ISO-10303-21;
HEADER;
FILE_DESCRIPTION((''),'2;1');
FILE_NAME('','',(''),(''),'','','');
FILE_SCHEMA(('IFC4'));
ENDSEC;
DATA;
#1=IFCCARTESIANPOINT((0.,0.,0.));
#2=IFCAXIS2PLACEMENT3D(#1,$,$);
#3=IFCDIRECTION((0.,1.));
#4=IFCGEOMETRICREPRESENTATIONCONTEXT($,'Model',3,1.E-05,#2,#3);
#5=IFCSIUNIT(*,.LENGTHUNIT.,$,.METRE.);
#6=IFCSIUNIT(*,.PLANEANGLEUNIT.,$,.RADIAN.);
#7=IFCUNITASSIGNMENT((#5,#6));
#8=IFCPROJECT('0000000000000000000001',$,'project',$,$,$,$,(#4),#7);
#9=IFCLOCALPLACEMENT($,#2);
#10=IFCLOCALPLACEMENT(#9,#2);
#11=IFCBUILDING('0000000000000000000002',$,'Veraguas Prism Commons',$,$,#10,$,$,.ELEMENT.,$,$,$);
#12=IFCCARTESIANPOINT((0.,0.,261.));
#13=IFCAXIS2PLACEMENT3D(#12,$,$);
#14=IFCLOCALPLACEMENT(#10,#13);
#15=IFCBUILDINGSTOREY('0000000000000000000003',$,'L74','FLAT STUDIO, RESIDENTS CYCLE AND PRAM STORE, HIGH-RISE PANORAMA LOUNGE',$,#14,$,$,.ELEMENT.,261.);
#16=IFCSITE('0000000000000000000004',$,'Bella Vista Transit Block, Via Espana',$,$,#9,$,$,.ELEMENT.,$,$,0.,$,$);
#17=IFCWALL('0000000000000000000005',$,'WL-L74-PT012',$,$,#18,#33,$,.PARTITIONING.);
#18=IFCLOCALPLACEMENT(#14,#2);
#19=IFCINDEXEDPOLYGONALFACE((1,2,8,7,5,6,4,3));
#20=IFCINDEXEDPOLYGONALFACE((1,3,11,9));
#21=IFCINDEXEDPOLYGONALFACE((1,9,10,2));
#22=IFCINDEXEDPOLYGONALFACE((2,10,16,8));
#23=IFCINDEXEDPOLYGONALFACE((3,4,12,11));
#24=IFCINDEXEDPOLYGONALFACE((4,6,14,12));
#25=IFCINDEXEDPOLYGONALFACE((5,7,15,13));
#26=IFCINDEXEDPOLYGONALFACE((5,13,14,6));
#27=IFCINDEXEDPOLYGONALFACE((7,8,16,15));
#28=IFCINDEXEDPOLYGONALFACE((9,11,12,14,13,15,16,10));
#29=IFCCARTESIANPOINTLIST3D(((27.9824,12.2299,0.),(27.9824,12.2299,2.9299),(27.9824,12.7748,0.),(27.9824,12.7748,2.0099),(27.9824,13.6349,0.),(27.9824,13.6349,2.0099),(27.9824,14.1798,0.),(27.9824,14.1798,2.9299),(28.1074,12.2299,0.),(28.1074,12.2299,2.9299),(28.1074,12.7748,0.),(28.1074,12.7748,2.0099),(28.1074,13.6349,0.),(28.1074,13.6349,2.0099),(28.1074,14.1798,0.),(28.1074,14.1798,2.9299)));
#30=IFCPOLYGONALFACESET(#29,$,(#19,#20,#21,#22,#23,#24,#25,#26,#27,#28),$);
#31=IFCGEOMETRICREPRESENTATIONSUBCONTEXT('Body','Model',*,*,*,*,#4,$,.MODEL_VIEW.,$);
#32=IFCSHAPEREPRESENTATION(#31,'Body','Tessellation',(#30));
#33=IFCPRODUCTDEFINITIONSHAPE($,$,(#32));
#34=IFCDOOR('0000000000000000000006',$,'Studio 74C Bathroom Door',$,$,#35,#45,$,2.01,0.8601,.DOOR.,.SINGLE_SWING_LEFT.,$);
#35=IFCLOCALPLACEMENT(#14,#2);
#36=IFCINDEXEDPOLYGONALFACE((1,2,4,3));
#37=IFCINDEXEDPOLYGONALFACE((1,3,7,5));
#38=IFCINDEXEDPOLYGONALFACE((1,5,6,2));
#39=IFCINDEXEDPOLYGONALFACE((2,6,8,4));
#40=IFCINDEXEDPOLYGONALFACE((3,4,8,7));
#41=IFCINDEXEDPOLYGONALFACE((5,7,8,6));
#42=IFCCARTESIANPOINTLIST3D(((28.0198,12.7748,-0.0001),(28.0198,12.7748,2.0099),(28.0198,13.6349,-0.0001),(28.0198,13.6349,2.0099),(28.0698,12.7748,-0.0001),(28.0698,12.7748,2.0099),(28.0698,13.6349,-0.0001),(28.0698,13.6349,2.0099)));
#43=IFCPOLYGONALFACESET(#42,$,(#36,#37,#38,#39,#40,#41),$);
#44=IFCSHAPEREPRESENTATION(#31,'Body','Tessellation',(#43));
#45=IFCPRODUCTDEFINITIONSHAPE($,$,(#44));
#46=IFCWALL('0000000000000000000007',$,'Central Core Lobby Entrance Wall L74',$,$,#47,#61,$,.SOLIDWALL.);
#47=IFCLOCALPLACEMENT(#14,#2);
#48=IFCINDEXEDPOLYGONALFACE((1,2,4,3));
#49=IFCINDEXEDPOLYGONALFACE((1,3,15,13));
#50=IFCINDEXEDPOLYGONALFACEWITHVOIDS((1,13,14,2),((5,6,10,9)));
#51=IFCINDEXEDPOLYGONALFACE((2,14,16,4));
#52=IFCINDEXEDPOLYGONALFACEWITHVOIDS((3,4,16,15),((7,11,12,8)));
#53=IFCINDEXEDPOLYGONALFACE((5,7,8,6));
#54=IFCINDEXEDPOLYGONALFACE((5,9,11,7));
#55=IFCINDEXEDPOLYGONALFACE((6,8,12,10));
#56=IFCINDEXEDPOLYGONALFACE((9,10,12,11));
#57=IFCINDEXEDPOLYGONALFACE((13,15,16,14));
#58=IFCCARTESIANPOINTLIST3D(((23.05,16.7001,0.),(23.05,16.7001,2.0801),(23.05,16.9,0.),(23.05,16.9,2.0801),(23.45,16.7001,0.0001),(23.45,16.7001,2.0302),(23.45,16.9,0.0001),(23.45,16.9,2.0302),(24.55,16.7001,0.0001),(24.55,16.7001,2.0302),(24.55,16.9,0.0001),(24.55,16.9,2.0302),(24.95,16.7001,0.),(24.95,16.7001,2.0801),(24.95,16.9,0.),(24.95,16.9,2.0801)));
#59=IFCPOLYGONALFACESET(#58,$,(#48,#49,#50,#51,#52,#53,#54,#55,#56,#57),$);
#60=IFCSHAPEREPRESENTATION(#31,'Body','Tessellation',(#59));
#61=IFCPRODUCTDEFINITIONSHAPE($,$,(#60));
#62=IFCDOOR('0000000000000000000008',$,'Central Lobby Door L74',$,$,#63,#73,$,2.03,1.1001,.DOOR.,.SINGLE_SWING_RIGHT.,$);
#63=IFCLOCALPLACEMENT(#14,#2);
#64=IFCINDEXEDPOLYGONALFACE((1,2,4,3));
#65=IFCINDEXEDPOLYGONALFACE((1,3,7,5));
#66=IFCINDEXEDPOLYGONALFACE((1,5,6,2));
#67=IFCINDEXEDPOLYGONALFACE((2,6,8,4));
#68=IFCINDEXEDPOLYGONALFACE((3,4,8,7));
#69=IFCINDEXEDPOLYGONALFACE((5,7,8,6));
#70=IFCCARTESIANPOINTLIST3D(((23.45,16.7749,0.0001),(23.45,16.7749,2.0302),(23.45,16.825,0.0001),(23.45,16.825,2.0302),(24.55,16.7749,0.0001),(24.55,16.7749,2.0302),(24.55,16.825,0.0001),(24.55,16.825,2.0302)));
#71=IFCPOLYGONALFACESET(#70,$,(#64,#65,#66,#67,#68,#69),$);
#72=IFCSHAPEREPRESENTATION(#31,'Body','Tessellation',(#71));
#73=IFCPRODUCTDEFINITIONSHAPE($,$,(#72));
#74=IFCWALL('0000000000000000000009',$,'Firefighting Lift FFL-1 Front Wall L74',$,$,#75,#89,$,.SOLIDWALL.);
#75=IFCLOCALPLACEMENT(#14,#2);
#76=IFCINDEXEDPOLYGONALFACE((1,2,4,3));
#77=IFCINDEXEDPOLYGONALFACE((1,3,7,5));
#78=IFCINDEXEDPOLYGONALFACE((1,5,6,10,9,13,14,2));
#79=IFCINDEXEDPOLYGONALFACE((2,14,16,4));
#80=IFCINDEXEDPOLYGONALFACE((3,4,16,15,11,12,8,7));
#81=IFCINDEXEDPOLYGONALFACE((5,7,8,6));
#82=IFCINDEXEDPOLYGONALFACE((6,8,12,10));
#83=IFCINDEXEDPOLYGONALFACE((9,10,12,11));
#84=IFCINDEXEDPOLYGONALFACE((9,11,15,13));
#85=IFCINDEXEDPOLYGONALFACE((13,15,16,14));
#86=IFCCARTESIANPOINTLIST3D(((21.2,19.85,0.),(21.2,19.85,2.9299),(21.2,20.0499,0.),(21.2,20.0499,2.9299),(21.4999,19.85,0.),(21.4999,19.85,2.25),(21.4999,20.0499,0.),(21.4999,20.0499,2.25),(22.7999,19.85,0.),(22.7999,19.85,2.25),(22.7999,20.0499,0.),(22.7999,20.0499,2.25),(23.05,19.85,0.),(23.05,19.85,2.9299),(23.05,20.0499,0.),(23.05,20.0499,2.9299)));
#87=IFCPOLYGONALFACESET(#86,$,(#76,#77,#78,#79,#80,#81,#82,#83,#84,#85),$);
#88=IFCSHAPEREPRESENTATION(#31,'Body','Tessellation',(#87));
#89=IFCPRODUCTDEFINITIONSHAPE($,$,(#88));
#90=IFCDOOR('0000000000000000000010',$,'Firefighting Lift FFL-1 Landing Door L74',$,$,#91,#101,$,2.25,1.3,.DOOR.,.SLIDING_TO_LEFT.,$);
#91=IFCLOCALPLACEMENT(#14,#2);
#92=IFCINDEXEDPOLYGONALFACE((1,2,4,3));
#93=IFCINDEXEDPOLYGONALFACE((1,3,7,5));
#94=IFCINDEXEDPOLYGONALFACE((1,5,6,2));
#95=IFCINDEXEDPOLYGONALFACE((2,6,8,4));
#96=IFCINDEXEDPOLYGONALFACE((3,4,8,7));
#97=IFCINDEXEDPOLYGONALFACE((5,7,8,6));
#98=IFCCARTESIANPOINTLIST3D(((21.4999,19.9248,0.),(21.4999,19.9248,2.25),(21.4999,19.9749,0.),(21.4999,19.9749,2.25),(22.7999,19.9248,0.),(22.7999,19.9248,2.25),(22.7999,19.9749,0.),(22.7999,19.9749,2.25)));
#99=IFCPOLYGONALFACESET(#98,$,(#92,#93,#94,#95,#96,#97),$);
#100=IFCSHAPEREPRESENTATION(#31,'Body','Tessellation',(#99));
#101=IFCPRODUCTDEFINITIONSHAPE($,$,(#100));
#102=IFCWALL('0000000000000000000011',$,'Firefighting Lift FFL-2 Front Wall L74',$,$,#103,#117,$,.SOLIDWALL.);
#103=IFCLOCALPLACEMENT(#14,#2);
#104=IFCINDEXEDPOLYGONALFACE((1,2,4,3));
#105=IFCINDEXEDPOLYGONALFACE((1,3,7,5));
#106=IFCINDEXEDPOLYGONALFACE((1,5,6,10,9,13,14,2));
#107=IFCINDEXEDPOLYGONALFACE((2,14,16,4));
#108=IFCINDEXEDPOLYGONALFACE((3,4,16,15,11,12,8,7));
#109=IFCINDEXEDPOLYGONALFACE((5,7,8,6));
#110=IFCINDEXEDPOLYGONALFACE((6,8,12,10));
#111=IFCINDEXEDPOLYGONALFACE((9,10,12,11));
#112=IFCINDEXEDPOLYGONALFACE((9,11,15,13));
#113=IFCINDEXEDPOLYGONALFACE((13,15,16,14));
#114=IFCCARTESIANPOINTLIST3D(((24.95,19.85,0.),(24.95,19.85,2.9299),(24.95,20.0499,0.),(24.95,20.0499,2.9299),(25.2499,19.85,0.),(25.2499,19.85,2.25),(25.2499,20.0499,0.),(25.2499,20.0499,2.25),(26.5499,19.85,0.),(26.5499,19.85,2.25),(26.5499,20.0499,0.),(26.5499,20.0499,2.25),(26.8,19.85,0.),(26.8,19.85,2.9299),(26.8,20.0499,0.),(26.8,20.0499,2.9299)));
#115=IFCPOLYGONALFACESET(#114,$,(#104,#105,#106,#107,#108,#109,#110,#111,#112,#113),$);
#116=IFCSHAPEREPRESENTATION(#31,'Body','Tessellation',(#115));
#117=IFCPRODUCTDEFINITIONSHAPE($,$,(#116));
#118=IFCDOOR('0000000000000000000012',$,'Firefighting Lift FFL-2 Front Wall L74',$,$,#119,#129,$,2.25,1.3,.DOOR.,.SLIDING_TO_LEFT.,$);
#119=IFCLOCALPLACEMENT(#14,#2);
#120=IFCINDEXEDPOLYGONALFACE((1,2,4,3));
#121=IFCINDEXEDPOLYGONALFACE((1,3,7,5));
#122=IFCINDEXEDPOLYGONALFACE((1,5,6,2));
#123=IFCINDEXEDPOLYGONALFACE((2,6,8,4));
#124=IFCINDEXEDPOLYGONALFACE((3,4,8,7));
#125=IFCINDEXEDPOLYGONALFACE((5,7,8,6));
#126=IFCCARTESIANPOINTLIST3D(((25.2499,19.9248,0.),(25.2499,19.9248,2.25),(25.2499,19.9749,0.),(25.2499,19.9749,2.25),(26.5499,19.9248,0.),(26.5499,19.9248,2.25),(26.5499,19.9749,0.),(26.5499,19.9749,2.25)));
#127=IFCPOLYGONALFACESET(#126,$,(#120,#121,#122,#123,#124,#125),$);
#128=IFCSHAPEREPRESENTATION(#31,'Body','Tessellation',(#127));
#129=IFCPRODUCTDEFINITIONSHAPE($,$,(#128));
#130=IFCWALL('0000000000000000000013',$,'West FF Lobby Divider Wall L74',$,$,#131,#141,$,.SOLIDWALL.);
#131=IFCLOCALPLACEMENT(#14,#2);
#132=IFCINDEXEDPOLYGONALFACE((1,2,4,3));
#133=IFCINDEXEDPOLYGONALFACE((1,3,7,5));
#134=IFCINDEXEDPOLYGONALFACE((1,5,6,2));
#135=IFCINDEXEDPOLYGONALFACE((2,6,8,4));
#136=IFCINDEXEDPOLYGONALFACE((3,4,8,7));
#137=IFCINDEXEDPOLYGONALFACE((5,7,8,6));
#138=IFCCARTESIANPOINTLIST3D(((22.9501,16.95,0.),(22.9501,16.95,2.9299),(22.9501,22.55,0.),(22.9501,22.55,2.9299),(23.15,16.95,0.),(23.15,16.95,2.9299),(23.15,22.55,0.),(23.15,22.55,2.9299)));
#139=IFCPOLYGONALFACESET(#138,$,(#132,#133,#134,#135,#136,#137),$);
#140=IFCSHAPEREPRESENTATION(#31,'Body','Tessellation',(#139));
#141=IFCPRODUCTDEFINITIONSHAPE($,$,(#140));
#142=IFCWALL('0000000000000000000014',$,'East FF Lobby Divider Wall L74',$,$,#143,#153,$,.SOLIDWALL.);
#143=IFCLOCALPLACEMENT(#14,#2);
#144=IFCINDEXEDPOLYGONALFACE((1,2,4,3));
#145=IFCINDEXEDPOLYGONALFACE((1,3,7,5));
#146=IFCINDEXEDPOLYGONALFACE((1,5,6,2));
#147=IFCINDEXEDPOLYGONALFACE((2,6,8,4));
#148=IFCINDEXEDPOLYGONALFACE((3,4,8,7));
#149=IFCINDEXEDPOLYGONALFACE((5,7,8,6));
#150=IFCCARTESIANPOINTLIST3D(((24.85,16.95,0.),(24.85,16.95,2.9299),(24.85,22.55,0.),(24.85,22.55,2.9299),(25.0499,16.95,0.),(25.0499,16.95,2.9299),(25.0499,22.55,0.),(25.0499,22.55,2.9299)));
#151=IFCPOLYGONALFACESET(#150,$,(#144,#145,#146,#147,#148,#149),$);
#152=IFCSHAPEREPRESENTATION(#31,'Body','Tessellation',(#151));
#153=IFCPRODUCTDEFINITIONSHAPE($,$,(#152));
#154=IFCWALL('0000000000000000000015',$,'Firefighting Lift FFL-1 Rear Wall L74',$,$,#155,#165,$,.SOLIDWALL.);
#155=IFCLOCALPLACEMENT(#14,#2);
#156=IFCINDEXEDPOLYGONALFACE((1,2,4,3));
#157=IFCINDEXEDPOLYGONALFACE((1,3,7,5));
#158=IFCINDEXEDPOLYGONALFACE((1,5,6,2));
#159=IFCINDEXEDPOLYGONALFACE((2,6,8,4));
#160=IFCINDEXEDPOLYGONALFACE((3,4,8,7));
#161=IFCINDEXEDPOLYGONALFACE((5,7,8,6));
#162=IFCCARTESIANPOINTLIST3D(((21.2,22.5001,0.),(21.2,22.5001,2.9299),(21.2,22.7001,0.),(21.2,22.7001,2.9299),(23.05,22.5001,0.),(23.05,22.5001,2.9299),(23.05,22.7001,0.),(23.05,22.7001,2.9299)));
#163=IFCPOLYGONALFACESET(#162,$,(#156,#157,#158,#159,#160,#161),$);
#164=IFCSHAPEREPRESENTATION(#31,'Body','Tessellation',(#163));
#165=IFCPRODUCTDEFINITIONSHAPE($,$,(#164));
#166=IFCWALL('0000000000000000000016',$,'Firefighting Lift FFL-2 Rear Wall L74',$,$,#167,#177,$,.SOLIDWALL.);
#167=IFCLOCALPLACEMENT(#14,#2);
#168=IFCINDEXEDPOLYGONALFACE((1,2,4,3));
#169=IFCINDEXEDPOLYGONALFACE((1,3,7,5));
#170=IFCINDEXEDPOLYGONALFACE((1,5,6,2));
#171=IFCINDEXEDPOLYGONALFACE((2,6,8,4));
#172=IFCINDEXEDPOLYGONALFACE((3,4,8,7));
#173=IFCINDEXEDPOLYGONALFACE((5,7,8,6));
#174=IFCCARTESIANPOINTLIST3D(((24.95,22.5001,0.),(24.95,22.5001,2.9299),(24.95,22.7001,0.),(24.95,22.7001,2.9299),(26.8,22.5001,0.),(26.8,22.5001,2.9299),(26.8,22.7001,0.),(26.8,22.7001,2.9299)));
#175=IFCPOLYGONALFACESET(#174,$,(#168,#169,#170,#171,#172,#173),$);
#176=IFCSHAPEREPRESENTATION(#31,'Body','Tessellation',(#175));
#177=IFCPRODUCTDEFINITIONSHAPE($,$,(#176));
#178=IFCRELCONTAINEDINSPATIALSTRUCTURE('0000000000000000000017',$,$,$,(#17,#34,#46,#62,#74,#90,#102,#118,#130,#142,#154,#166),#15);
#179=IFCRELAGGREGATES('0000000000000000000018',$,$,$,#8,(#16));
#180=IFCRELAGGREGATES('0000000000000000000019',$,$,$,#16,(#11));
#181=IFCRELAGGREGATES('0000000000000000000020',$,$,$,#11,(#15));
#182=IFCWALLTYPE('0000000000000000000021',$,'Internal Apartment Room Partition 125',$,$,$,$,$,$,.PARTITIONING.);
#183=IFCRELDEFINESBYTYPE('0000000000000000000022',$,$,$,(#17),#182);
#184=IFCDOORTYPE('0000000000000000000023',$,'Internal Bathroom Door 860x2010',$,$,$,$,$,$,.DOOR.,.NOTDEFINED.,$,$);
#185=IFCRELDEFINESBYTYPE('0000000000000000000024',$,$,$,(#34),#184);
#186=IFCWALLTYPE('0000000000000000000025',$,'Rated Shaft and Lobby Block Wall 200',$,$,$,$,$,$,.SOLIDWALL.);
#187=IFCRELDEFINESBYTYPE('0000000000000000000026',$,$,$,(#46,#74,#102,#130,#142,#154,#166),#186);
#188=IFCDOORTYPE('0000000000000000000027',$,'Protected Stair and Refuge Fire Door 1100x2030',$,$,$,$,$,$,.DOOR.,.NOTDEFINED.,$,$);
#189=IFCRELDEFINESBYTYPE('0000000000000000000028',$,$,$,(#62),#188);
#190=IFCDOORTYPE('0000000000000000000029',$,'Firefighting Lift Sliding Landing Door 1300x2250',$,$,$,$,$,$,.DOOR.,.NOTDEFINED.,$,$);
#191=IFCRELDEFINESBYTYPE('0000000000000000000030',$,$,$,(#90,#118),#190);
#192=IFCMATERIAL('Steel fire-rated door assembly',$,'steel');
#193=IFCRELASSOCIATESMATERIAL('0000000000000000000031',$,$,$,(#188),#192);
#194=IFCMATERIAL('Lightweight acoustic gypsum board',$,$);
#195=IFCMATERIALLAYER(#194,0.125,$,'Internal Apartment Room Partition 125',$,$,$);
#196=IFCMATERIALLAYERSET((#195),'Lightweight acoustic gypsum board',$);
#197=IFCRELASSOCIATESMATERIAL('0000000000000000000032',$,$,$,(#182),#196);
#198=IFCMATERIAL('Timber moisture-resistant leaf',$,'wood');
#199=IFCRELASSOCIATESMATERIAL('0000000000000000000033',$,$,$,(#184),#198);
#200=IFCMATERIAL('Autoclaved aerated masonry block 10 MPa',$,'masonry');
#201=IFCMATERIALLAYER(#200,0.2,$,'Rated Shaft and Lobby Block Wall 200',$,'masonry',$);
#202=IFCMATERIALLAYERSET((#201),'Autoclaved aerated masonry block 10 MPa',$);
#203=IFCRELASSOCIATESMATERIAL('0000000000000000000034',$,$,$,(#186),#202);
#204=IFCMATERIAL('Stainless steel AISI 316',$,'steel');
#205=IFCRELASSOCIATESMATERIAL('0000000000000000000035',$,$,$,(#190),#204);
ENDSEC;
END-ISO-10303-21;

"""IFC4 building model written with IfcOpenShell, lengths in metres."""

from ifc_helpers import new_model, si_unit, direction, frame, frame_2d, origin, place, context, subcontext, project, spatial, rectangle, extrude, source, transform, mapped, material, layer, layer_set, type_object, element, fill, save


model = new_model("IFC4")

# Units and contexts
model_context = context("Model", 3, precision=1e-05, world=origin(), true_north=direction((0.0, 1.0)))
body_context = subcontext(model_context, "Body", "Model", "MODEL_VIEW")
ifc_project = project(units=[si_unit("LENGTHUNIT", "METRE"), si_unit("PLANEANGLEUNIT", "RADIAN")], contexts=[model_context])

# Site, building, storey
site_placement = place(None, origin())
site = spatial("IfcSite", under=ifc_project, at=site_placement, Name="Bella Vista Transit Block, Via Espana", CompositionType="ELEMENT", RefElevation=0.0)
building_placement = place(site_placement, origin())
building = spatial("IfcBuilding", under=site, at=building_placement, Name="Veraguas Prism Commons", CompositionType="ELEMENT")
storey_placement = place(building_placement, frame((0.0, 0.0, 261.0)))
storey = spatial("IfcBuildingStorey", under=building, at=storey_placement, Name="L74", Description="FLAT STUDIO, RESIDENTS CYCLE AND PRAM STORE, HIGH-RISE PANORAMA LOUNGE", CompositionType="ELEMENT", Elevation=261.0)

# Shared definitions
ifc_material_1 = material(Name="Steel fire-rated door assembly", Category="steel")
door_type_1 = type_object("IfcDoorType", Name="Protected Stair and Refuge Fire Door 1100x2030", OperationType="NOTDEFINED", PredefinedType="DOOR", material=ifc_material_1)
shared_shape_1 = source(origin(), body_context, "Body", "SweptSolid", [
    extrude(rectangle(XDim=1.1001, YDim=2.03, at=frame_2d((0.55, 1.0151))), frame((0.0, 0.0249, 0.0), z_axis=(0.0, -1.0, 0.0), x_axis=(1.0, 0.0, 0.0)), (0.0, 0.0, 1.0), 0.05),
])

# Shared definitions
ifc_material_2 = material(Name="Autoclaved aerated masonry block 10 MPa", Category="masonry")

# Walls, openings, doors
ifc_material_3 = material(Name="Lightweight acoustic gypsum board")
ifc_layer_1 = layer(ifc_material_3, 0.125, Name="Internal Apartment Room Partition 125")
ifc_layer_set_1 = layer_set([ifc_layer_1], Name="Lightweight acoustic gypsum board")
wall_type_1 = type_object("IfcWallType", Name="Internal Apartment Room Partition 125", PredefinedType="PARTITIONING", material=ifc_layer_set_1)
wall_1_placement = place(storey_placement, frame((28.0449, 14.1799, 0.0), z_axis=(0.0, 0.0, 1.0), x_axis=(0.0, -1.0, 0.0)))
wall_1 = element("IfcWall", 1, at=wall_1_placement, inside=storey, type_object=wall_type_1, Name="WL-L74-PT012", PredefinedType="PARTITIONING", context=body_context, shape_type="SweptSolid", body=[
    extrude(rectangle(XDim=1.95, YDim=0.125, at=frame_2d((0.9751, 0.0))), origin(), (0.0, 0.0, 1.0), 2.9299),
])
opening_1_placement = place(wall_1_placement, frame((0.5449, 0.0, 0.0)))
opening_1 = element("IfcOpeningElement", 2, at=opening_1_placement, cuts=wall_1, PredefinedType="OPENING", context=body_context, shape_type="SweptSolid", body=[
    extrude(rectangle(XDim=0.8601, YDim=2.01, at=frame_2d((0.4302, 1.0049))), frame((0.0, 0.0725, 0.0), z_axis=(0.0, -1.0, 0.0), x_axis=(1.0, 0.0, 0.0)), (0.0, 0.0, 1.0), 0.145),
])
ifc_material_4 = material(Name="Timber moisture-resistant leaf", Category="wood")
door_type_2 = type_object("IfcDoorType", Name="Internal Bathroom Door 860x2010", OperationType="NOTDEFINED", PredefinedType="DOOR", material=ifc_material_4)
shared_shape_2 = source(origin(), body_context, "Body", "SweptSolid", [
    extrude(rectangle(XDim=0.8601, YDim=2.01, at=frame_2d((0.4302, 1.0049))), frame((0.0, 0.0249, 0.0), z_axis=(0.0, -1.0, 0.0), x_axis=(1.0, 0.0, 0.0)), (0.0, 0.0, 1.0), 0.05),
])
door_1_placement = place(opening_1_placement, origin())
door_1 = element("IfcDoor", 3, at=door_1_placement, inside=storey, type_object=door_type_2, Name="Studio 74C Bathroom Door", OperationType="SINGLE_SWING_LEFT", OverallHeight=2.01, OverallWidth=0.8601, PredefinedType="DOOR", context=body_context, shape_type="MappedRepresentation", body=[
    mapped(shared_shape_2, transform((0.0, 0.0, 0.0), scale=1.0)),
])
fill(opening_1, door_1)
ifc_layer_2 = layer(ifc_material_2, 0.2, Name="Rated Shaft and Lobby Block Wall 200", Category="masonry")
ifc_layer_set_2 = layer_set([ifc_layer_2], Name="Autoclaved aerated masonry block 10 MPa")
wall_type_2 = type_object("IfcWallType", Name="Rated Shaft and Lobby Block Wall 200", PredefinedType="SOLIDWALL", material=ifc_layer_set_2)
wall_2_placement = place(storey_placement, frame((23.05, 16.8, 0.0), z_axis=(0.0, 0.0, 1.0), x_axis=(1.0, 0.0, 0.0)))
wall_2 = element("IfcWall", 4, at=wall_2_placement, inside=storey, type_object=wall_type_2, Name="Central Core Lobby Entrance Wall L74", PredefinedType="SOLIDWALL", context=body_context, shape_type="SweptSolid", body=[
    extrude(rectangle(XDim=1.8999, YDim=0.2, at=frame_2d((0.95, 0.0))), origin(), (0.0, 0.0, 1.0), 2.0801),
])
opening_2_placement = place(wall_2_placement, frame((0.3999, 0.0, 0.0)))
opening_2 = element("IfcOpeningElement", 5, at=opening_2_placement, cuts=wall_2, PredefinedType="OPENING", context=body_context, shape_type="SweptSolid", body=[
    extrude(rectangle(XDim=1.1001, YDim=2.03, at=frame_2d((0.55, 1.0151))), frame((0.0, 0.1099, 0.0), z_axis=(0.0, -1.0, 0.0), x_axis=(1.0, 0.0, 0.0)), (0.0, 0.0, 1.0), 0.22),
])
door_2_placement = place(opening_2_placement, origin())
door_2 = element("IfcDoor", 6, at=door_2_placement, inside=storey, type_object=door_type_1, Name="Central Lobby Door L74", OperationType="SINGLE_SWING_RIGHT", OverallHeight=2.03, OverallWidth=1.1001, PredefinedType="DOOR", context=body_context, shape_type="MappedRepresentation", body=[
    mapped(shared_shape_1, transform((0.0, 0.0, 0.0), scale=1.0)),
])
fill(opening_2, door_2)
wall_3_placement = place(storey_placement, frame((21.2, 19.95, 0.0), z_axis=(0.0, 0.0, 1.0), x_axis=(1.0, 0.0, 0.0)))
wall_3 = element("IfcWall", 7, at=wall_3_placement, inside=storey, type_object=wall_type_2, Name="Firefighting Lift FFL-1 Front Wall L74", PredefinedType="SOLIDWALL", context=body_context, shape_type="SweptSolid", body=[
    extrude(rectangle(XDim=1.8501, YDim=0.2, at=frame_2d((0.925, 0.0))), origin(), (0.0, 0.0, 1.0), 2.9299),
])
opening_3_placement = place(wall_3_placement, frame((0.3, 0.0, 0.0)))
opening_3 = element("IfcOpeningElement", 8, at=opening_3_placement, cuts=wall_3, PredefinedType="OPENING", context=body_context, shape_type="SweptSolid", body=[
    extrude(rectangle(XDim=1.3, YDim=2.25, at=frame_2d((0.6499, 1.125))), frame((0.0, 0.1099, 0.0), z_axis=(0.0, -1.0, 0.0), x_axis=(1.0, 0.0, 0.0)), (0.0, 0.0, 1.0), 0.22),
])
ifc_material_5 = material(Name="Stainless steel AISI 316", Category="steel")
door_type_3 = type_object("IfcDoorType", Name="Firefighting Lift Sliding Landing Door 1300x2250", OperationType="NOTDEFINED", PredefinedType="DOOR", material=ifc_material_5)
shared_shape_3 = source(origin(), body_context, "Body", "SweptSolid", [
    extrude(rectangle(XDim=1.3, YDim=2.25, at=frame_2d((0.6499, 1.125))), frame((0.0, 0.0249, 0.0), z_axis=(0.0, -1.0, 0.0), x_axis=(1.0, 0.0, 0.0)), (0.0, 0.0, 1.0), 0.05),
])
door_3_placement = place(opening_3_placement, origin())
door_3 = element("IfcDoor", 9, at=door_3_placement, inside=storey, type_object=door_type_3, Name="Firefighting Lift FFL-1 Landing Door L74", OperationType="SLIDING_TO_LEFT", OverallHeight=2.25, OverallWidth=1.3, PredefinedType="DOOR", context=body_context, shape_type="MappedRepresentation", body=[
    mapped(shared_shape_3, transform((0.0, 0.0, 0.0), scale=1.0)),
])
fill(opening_3, door_3)
wall_4_placement = place(storey_placement, frame((24.95, 19.95, 0.0), z_axis=(0.0, 0.0, 1.0), x_axis=(1.0, 0.0, 0.0)))
wall_4 = element("IfcWall", 10, at=wall_4_placement, inside=storey, type_object=wall_type_2, Name="Firefighting Lift FFL-2 Front Wall L74", PredefinedType="SOLIDWALL", context=body_context, shape_type="SweptSolid", body=[
    extrude(rectangle(XDim=1.8501, YDim=0.2, at=frame_2d((0.925, 0.0))), origin(), (0.0, 0.0, 1.0), 2.9299),
])
opening_4_placement = place(wall_4_placement, frame((0.3, 0.0, 0.0)))
opening_4 = element("IfcOpeningElement", 11, at=opening_4_placement, cuts=wall_4, PredefinedType="OPENING", context=body_context, shape_type="SweptSolid", body=[
    extrude(rectangle(XDim=1.3, YDim=2.25, at=frame_2d((0.6499, 1.125))), frame((0.0, 0.1099, 0.0), z_axis=(0.0, -1.0, 0.0), x_axis=(1.0, 0.0, 0.0)), (0.0, 0.0, 1.0), 0.22),
])
door_4_placement = place(opening_4_placement, origin())
door_4 = element("IfcDoor", 12, at=door_4_placement, inside=storey, type_object=door_type_3, Name="Firefighting Lift FFL-2 Front Wall L74", OperationType="SLIDING_TO_LEFT", OverallHeight=2.25, OverallWidth=1.3, PredefinedType="DOOR", context=body_context, shape_type="MappedRepresentation", body=[
    mapped(shared_shape_3, transform((0.0, 0.0, 0.0), scale=1.0)),
])
fill(opening_4, door_4)

# Walls
for number, where, z_axis, x_axis, name in (
    (13, (23.05, 16.95, 0.0), (0.0, 0.0, 1.0), (0.0, 1.0, 0.0), "West FF Lobby Divider Wall L74"),
    (14, (24.95, 16.95, 0.0), (0.0, 0.0, 1.0), (0.0, 1.0, 0.0), "East FF Lobby Divider Wall L74"),
):
    element("IfcWall", number, at=place(storey_placement, frame(where, z_axis=z_axis, x_axis=x_axis)), inside=storey, type_object=wall_type_2, Name=name, PredefinedType="SOLIDWALL", context=body_context, shape_type="SweptSolid", body=[
        extrude(rectangle(XDim=5.6001, YDim=0.2, at=frame_2d((2.8, 0.0))), origin(), (0.0, 0.0, 1.0), 2.9299),
    ])
for number, where, z_axis, x_axis, name in (
    (15, (21.2, 22.6001, 0.0), (0.0, 0.0, 1.0), (1.0, 0.0, 0.0), "Firefighting Lift FFL-1 Rear Wall L74"),
    (16, (24.95, 22.6001, 0.0), (0.0, 0.0, 1.0), (1.0, 0.0, 0.0), "Firefighting Lift FFL-2 Rear Wall L74"),
):
    element("IfcWall", number, at=place(storey_placement, frame(where, z_axis=z_axis, x_axis=x_axis)), inside=storey, type_object=wall_type_2, Name=name, PredefinedType="SOLIDWALL", context=body_context, shape_type="SweptSolid", body=[
        extrude(rectangle(XDim=1.8501, YDim=0.2, at=frame_2d((0.925, 0.0))), origin(), (0.0, 0.0, 1.0), 2.9299),
    ])

save(model, "model.ifc")
